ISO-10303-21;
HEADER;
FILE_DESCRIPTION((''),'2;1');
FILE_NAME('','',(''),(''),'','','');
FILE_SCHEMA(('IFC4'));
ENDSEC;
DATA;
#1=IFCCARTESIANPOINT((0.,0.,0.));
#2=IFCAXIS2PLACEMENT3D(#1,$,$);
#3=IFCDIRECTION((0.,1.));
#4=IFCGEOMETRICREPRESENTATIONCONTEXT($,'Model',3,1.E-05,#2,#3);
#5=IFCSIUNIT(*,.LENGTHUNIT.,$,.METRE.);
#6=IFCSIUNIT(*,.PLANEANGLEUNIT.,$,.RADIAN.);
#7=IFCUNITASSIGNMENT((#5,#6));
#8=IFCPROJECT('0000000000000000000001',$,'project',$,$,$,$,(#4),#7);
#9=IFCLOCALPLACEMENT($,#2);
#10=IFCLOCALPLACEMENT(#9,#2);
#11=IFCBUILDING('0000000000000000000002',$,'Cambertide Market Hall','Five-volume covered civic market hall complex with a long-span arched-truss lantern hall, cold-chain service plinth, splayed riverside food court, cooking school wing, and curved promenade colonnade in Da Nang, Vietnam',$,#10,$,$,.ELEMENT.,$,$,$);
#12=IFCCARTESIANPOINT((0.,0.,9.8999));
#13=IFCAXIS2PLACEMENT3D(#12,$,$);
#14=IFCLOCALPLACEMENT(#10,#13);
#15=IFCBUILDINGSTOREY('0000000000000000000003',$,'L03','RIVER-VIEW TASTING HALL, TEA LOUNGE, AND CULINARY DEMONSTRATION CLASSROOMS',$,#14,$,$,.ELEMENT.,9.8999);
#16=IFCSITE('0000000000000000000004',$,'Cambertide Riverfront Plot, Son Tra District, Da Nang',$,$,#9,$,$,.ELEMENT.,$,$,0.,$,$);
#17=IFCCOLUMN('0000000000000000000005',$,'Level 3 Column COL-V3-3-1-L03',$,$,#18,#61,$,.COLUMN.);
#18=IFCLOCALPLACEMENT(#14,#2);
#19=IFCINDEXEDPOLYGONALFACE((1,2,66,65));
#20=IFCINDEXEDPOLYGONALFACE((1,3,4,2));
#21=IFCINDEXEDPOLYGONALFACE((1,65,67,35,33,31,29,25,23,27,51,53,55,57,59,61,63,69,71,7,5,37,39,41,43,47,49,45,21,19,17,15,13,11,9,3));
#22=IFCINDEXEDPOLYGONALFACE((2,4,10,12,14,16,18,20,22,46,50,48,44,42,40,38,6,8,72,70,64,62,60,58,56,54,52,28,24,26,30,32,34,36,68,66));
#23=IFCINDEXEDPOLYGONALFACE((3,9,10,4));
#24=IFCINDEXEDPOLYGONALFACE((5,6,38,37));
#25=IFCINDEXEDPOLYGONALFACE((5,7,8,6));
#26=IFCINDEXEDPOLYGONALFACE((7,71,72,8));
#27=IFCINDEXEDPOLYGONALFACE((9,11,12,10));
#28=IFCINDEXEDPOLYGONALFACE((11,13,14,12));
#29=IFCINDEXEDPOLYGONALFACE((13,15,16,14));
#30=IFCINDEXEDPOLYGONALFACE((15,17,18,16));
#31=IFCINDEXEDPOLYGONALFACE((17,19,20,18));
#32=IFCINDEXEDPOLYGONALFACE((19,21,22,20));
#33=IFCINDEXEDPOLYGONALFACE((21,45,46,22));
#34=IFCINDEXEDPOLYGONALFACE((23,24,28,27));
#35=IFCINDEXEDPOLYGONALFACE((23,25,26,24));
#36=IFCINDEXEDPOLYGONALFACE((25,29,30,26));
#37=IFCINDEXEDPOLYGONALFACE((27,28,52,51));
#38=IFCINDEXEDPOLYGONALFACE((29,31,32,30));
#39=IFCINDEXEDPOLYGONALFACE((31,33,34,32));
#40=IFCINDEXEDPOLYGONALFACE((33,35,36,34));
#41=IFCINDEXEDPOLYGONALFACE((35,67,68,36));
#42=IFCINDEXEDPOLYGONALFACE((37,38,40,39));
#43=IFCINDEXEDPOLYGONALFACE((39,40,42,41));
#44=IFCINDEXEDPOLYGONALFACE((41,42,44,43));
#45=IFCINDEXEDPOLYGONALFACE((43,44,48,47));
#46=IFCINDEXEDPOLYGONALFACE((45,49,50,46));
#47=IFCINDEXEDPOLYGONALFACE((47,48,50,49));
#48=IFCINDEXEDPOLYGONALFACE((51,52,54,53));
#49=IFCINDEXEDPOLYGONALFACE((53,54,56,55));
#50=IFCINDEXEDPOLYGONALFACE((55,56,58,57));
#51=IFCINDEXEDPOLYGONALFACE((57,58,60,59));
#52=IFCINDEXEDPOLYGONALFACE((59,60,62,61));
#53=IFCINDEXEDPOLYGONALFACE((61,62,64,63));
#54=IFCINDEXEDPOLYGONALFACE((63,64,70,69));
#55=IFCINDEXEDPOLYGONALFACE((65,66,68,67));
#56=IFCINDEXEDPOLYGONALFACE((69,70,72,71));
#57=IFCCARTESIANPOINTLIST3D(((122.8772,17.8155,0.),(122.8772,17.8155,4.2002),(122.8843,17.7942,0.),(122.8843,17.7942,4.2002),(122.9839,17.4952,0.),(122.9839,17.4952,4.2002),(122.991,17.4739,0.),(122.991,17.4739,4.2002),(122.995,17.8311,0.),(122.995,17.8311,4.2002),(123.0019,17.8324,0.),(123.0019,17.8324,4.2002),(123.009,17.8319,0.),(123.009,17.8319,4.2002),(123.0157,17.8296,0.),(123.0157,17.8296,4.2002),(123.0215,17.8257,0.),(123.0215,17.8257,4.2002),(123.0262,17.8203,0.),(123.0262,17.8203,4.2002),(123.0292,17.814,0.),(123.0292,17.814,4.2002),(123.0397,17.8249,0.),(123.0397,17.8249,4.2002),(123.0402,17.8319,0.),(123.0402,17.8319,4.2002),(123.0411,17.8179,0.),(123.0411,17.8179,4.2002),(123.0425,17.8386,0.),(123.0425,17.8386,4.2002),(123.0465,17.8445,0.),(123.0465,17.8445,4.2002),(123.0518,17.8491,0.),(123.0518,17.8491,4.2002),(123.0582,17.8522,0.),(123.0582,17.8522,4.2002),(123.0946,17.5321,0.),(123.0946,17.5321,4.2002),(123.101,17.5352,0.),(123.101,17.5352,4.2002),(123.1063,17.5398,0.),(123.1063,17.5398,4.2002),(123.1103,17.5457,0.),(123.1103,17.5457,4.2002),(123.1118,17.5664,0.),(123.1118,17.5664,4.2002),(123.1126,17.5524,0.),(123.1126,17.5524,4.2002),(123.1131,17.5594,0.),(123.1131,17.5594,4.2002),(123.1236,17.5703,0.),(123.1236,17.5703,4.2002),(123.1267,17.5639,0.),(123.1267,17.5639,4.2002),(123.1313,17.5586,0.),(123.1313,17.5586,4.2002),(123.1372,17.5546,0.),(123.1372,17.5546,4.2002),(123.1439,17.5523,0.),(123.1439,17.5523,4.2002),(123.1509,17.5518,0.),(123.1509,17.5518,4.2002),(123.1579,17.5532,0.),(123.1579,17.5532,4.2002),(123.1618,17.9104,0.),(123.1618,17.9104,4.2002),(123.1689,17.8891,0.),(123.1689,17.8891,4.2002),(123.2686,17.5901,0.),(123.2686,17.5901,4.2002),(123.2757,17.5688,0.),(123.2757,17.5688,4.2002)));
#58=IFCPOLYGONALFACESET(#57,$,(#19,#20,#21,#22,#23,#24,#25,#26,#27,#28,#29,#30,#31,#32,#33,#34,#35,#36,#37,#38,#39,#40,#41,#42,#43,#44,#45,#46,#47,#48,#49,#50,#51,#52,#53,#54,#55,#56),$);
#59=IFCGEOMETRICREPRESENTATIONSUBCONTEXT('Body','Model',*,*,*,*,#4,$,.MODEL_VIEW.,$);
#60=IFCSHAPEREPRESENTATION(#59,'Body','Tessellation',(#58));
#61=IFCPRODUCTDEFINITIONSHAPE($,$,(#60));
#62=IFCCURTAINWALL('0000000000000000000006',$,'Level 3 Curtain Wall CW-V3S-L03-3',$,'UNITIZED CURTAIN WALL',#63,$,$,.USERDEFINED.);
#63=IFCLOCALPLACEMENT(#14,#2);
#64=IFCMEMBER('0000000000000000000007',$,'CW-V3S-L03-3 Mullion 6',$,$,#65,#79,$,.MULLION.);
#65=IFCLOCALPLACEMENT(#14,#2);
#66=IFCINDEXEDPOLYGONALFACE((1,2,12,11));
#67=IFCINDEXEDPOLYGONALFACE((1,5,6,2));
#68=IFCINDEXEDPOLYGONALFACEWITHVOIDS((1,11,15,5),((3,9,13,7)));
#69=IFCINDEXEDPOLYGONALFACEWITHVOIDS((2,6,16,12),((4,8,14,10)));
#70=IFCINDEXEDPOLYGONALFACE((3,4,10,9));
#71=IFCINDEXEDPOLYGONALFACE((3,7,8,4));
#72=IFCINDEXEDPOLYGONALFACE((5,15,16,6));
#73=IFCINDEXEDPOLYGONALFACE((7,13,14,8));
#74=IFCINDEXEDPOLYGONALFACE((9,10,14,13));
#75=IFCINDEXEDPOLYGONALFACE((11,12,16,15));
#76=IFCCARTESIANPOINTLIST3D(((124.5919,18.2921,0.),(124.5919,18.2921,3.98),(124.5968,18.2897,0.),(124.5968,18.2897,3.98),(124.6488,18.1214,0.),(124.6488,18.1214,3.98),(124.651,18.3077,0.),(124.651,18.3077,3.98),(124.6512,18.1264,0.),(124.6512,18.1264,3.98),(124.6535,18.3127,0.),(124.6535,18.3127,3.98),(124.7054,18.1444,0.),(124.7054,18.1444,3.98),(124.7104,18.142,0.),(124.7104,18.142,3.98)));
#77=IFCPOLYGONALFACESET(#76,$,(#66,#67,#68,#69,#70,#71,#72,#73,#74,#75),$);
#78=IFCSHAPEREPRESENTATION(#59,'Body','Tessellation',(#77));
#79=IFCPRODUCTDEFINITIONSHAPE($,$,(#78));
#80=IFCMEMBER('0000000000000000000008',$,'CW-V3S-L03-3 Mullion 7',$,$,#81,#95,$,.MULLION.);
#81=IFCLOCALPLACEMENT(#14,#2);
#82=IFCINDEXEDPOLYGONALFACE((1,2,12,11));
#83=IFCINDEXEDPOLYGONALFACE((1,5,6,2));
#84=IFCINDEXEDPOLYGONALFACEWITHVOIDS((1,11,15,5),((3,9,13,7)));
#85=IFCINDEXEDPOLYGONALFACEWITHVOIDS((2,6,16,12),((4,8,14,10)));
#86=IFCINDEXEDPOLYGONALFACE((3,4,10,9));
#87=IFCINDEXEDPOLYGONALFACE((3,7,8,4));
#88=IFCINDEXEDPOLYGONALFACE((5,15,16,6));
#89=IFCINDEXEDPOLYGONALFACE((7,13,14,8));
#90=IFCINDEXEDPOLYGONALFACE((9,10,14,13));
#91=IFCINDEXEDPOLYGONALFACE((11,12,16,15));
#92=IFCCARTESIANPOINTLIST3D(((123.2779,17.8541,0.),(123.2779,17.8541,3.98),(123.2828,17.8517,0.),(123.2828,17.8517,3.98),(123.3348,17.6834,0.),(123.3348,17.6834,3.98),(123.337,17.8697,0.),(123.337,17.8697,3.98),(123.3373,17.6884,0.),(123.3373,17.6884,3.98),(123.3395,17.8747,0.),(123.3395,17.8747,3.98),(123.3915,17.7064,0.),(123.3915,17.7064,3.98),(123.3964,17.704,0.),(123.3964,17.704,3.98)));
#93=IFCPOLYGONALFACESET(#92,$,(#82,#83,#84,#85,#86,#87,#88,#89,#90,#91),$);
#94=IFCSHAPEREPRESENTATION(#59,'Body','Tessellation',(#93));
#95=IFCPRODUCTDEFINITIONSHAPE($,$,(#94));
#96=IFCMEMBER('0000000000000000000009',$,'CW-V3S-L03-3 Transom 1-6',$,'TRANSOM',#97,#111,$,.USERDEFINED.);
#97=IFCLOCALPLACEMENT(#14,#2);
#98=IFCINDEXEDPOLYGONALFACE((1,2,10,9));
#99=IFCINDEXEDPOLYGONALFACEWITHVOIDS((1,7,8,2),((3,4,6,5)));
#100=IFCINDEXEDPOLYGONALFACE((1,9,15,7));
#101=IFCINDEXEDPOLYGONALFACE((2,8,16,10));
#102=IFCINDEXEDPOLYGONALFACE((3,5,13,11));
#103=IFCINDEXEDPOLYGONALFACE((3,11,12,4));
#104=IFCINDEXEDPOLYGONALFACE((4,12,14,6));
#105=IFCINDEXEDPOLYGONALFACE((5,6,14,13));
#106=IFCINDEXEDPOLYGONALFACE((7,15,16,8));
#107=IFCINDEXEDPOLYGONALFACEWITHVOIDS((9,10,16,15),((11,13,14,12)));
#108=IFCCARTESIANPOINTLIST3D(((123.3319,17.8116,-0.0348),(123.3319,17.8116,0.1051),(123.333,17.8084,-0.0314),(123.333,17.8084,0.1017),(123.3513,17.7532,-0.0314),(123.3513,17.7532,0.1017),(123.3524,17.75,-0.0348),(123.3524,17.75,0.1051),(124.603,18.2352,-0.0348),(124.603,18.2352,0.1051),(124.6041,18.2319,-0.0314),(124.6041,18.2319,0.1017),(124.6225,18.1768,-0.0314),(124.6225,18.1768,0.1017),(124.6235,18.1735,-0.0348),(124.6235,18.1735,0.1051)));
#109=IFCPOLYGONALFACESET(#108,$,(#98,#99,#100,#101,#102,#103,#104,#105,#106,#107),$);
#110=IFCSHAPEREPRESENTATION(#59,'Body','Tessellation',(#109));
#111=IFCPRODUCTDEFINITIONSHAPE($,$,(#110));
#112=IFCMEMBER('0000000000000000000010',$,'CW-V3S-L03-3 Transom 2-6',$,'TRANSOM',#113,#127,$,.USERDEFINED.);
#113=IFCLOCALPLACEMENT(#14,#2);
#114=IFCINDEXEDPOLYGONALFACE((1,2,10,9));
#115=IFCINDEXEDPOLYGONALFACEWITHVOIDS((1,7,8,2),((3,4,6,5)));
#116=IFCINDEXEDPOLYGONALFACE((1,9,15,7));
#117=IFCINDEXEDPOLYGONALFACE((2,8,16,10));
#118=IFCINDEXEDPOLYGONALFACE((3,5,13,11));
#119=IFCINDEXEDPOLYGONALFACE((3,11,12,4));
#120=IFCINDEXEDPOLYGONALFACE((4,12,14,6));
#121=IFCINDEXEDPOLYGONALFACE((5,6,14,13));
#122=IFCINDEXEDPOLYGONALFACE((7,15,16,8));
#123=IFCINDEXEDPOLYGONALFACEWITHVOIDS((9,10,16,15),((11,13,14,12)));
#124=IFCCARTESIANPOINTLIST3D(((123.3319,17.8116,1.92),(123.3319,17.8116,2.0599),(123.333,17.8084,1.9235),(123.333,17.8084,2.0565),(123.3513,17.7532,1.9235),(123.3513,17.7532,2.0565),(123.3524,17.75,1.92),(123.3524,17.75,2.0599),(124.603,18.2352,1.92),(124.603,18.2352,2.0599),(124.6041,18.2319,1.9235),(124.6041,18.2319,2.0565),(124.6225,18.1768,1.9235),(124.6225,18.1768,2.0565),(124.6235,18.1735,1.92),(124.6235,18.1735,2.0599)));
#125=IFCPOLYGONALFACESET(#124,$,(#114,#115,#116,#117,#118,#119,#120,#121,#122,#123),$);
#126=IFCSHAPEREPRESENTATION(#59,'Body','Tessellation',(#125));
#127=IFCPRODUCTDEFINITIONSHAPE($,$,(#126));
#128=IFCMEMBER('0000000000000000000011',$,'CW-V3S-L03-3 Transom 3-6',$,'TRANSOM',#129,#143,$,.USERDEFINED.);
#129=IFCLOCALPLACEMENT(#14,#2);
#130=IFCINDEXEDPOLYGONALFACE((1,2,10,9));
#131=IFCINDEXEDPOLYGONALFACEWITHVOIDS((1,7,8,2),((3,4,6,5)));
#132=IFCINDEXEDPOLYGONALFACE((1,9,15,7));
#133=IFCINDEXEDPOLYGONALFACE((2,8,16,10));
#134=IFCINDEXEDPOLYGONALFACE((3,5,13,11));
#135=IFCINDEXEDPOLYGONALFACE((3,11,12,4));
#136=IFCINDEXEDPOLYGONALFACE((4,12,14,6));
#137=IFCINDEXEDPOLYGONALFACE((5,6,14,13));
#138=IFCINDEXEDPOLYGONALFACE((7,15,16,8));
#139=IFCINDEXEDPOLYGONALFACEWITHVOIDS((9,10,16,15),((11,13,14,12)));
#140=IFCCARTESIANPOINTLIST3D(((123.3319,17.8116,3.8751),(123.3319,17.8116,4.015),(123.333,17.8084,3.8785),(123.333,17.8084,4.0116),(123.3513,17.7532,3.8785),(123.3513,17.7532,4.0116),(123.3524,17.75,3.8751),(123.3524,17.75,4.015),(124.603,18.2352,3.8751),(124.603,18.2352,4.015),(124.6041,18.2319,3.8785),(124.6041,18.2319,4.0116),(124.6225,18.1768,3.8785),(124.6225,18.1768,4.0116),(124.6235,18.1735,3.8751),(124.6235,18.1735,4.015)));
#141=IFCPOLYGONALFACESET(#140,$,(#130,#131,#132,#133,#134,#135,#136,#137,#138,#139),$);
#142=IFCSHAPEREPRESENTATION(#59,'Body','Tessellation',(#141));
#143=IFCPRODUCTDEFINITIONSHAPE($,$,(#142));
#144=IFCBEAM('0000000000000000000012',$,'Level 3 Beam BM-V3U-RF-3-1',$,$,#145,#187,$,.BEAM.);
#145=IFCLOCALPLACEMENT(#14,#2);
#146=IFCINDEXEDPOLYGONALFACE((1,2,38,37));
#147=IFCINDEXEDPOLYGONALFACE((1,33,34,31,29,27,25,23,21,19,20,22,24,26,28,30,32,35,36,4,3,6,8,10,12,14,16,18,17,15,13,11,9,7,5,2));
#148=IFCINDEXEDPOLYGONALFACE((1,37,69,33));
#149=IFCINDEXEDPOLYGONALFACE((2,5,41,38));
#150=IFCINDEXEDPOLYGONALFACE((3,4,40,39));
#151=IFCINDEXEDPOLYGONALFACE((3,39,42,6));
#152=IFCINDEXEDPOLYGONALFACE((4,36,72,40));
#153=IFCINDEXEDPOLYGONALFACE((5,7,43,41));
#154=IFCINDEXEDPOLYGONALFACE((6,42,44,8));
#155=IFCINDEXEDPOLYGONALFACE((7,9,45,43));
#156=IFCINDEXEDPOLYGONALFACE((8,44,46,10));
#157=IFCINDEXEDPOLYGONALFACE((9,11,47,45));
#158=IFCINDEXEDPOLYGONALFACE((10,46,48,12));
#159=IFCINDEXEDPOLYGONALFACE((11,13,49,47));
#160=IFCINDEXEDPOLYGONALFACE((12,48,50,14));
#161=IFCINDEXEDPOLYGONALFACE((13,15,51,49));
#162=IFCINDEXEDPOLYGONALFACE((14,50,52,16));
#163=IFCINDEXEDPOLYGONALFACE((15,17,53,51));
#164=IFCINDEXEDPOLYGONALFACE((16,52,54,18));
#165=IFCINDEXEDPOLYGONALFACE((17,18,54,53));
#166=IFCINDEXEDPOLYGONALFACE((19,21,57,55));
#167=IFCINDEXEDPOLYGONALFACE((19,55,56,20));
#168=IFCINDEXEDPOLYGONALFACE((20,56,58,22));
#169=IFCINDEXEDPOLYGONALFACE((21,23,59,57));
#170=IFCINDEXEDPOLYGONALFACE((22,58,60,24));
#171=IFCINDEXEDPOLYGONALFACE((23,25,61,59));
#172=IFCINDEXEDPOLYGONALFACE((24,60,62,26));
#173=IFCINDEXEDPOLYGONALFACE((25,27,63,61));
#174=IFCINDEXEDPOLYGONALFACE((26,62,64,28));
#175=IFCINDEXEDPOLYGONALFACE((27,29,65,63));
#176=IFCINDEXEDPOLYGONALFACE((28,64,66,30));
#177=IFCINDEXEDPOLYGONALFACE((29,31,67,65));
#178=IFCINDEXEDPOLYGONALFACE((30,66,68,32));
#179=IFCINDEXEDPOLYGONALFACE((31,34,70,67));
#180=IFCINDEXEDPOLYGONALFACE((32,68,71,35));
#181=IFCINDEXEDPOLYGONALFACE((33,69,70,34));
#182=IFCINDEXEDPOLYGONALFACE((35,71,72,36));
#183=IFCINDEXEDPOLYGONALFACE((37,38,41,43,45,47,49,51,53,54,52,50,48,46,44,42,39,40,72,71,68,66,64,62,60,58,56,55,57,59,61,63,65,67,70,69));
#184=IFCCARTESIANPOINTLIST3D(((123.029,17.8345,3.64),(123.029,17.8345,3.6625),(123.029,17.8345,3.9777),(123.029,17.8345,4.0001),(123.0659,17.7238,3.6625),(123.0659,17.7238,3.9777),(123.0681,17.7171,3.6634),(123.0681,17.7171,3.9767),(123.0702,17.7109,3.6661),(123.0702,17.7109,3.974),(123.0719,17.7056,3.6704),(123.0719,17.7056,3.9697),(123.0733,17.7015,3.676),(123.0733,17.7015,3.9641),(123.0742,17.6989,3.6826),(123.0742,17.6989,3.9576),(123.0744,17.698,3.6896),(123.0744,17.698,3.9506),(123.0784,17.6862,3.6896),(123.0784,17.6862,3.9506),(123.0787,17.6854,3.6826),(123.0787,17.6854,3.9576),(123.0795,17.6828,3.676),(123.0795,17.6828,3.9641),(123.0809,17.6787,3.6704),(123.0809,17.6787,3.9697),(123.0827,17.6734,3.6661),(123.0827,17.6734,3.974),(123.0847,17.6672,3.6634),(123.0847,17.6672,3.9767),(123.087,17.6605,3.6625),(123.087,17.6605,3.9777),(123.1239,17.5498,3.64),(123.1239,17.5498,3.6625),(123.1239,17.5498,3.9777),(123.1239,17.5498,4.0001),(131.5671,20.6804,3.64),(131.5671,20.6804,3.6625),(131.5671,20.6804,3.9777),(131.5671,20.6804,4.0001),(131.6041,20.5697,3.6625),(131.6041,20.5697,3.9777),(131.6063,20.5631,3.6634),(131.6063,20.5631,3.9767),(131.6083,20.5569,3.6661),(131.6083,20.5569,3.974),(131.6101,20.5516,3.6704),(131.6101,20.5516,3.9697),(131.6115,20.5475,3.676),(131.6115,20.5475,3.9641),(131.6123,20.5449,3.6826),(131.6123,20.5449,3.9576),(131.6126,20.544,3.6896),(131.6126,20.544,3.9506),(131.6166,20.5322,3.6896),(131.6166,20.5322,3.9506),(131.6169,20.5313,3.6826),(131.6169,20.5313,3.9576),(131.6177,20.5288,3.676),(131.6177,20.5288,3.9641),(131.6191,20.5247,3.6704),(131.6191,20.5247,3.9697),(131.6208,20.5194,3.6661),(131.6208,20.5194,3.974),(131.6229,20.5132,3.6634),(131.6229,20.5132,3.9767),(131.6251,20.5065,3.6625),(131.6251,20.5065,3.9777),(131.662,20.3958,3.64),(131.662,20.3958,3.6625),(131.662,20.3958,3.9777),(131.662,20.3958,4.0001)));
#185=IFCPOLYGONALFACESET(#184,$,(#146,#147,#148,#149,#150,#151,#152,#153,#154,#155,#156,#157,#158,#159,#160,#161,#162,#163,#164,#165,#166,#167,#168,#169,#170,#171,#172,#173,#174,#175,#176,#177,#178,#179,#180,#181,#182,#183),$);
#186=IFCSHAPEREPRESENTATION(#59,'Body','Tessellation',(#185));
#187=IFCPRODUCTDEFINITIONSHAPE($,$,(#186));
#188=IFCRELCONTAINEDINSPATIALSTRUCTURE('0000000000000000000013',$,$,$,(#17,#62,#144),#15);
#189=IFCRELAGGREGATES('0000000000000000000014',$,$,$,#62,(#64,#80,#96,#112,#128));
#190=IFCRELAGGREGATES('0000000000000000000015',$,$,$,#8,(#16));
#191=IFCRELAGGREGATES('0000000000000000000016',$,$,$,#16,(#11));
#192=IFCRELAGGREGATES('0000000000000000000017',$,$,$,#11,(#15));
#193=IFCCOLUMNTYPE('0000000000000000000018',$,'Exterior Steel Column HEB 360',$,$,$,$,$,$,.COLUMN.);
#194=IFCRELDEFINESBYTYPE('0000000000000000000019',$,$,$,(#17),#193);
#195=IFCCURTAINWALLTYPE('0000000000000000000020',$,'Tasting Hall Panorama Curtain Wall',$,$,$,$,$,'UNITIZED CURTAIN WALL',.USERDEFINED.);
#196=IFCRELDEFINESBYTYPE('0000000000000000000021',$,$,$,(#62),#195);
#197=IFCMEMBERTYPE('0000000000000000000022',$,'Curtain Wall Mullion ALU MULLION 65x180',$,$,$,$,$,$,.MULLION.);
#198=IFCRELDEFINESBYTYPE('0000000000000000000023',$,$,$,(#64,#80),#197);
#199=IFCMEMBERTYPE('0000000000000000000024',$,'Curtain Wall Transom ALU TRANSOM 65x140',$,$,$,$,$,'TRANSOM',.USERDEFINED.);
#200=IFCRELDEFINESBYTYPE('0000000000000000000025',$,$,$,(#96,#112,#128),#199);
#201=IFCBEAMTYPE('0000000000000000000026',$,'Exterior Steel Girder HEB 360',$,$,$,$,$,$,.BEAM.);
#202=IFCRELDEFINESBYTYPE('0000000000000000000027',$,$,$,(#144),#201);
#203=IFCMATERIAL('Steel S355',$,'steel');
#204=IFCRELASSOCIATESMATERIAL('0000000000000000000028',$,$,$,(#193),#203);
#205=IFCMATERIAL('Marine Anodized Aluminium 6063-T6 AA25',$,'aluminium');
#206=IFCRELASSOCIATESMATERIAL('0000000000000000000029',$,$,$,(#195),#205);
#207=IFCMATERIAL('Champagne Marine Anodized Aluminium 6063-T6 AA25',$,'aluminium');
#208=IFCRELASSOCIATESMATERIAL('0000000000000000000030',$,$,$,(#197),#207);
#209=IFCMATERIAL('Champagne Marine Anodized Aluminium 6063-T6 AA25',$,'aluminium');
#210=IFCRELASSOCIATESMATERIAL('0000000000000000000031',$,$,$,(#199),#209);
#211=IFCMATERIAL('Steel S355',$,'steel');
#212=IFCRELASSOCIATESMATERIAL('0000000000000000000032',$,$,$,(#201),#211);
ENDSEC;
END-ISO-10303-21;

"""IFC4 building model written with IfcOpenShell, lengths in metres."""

from ifc_helpers import new_model, si_unit, direction, frame, origin, origin_2d, place, context, subcontext, project, spatial, hollow_rectangle, i_section, extrude, material, material_profile, profile_set, type_object, element, aggregate, save


model = new_model("IFC4")

# Units and contexts
model_context = context("Model", 3, precision=1e-05, world=origin(), true_north=direction((0.0, 1.0)))
body_context = subcontext(model_context, "Body", "Model", "MODEL_VIEW")
ifc_project = project(units=[si_unit("LENGTHUNIT", "METRE"), si_unit("PLANEANGLEUNIT", "RADIAN")], contexts=[model_context])

# Site, building, storey
site_placement = place(None, origin())
site = spatial("IfcSite", under=ifc_project, at=site_placement, Name="Cambertide Riverfront Plot, Son Tra District, Da Nang", CompositionType="ELEMENT", RefElevation=0.0)
building_placement = place(site_placement, origin())
building = spatial("IfcBuilding", under=site, at=building_placement, Name="Cambertide Market Hall", Description="Five-volume covered civic market hall complex with a long-span arched-truss lantern hall, cold-chain service plinth, splayed riverside food court, cooking school wing, and curved promenade colonnade in Da Nang, Vietnam", CompositionType="ELEMENT")
storey_placement = place(building_placement, frame((0.0, 0.0, 9.8999)))
storey = spatial("IfcBuildingStorey", under=building, at=storey_placement, Name="L03", Description="RIVER-VIEW TASTING HALL, TEA LOUNGE, AND CULINARY DEMONSTRATION CLASSROOMS", CompositionType="ELEMENT", Elevation=9.8999)

# Column
ifc_material_1 = material(Name="Steel S355", Category="steel")
ifc_material_profile_1 = material_profile(ifc_material_1, i_section(OverallWidth=0.3, OverallDepth=0.3601, WebThickness=0.0125, FlangeThickness=0.0225, FilletRadius=0.0271, at=origin_2d()), Name="HEB 360")
ifc_profile_set_1 = profile_set([ifc_material_profile_1], Name="Steel S355")
column_type = type_object("IfcColumnType", Name="Exterior Steel Column HEB 360", PredefinedType="COLUMN", material=ifc_profile_set_1)
column_placement = place(storey_placement, frame((123.0764, 17.6921, 0.0), z_axis=(0.0, 0.0, 1.0), x_axis=(0.948683, 0.316228, 0.0)))
element("IfcColumn", 1, at=column_placement, inside=storey, type_object=column_type, Name="Level 3 Column COL-V3-3-1-L03", PredefinedType="COLUMN", context=body_context, shape_type="SweptSolid", body=[
    extrude(i_section(OverallWidth=0.3, OverallDepth=0.3601, WebThickness=0.0125, FlangeThickness=0.0225, FilletRadius=0.0271, at=origin_2d()), origin(), (0.0, 0.0, 1.0), 4.2002),
])

# Curtain wall, members
ifc_material_2 = material(Name="Marine Anodized Aluminium 6063-T6 AA25", Category="aluminium")
curtain_wall_type = type_object("IfcCurtainWallType", Name="Tasting Hall Panorama Curtain Wall", ElementType="UNITIZED CURTAIN WALL", PredefinedType="USERDEFINED", material=ifc_material_2)
curtain_wall_placement = place(storey_placement, origin())
curtain_wall = element("IfcCurtainWall", 2, at=curtain_wall_placement, inside=storey, type_object=curtain_wall_type, Name="Level 3 Curtain Wall CW-V3S-L03-3", ObjectType="UNITIZED CURTAIN WALL", PredefinedType="USERDEFINED")
ifc_material_3 = material(Name="Champagne Marine Anodized Aluminium 6063-T6 AA25", Category="aluminium")
ifc_material_profile_2 = material_profile(ifc_material_3, hollow_rectangle(XDim=0.0649, YDim=0.1799, WallThickness=0.0039, at=origin_2d()), Name="ALU MULLION 65x180")
ifc_profile_set_2 = profile_set([ifc_material_profile_2], Name="Champagne Marine Anodized Aluminium 6063-T6 AA25")
member_type_1 = type_object("IfcMemberType", Name="Curtain Wall Mullion ALU MULLION 65x180", PredefinedType="MULLION", material=ifc_profile_set_2)
member_1_placement = place(storey_placement, frame((124.6511, 18.217, 0.0), z_axis=(0.0, 0.0, 1.0), x_axis=(-0.948683, -0.316228, 0.0)))
member_1 = element("IfcMember", 3, at=member_1_placement, type_object=member_type_1, Name="CW-V3S-L03-3 Mullion 6", PredefinedType="MULLION", context=body_context, shape_type="SweptSolid", body=[
    extrude(hollow_rectangle(XDim=0.0649, YDim=0.1799, WallThickness=0.0039, at=origin_2d()), origin(), (0.0, 0.0, 1.0), 3.98),
])
member_2_placement = place(storey_placement, frame((123.3372, 17.7791, 0.0), z_axis=(0.0, 0.0, 1.0), x_axis=(-0.948683, -0.316228, 0.0)))
member_2 = element("IfcMember", 4, at=member_2_placement, type_object=member_type_1, Name="CW-V3S-L03-3 Mullion 7", PredefinedType="MULLION", context=body_context, shape_type="SweptSolid", body=[
    extrude(hollow_rectangle(XDim=0.0649, YDim=0.1799, WallThickness=0.0039, at=origin_2d()), origin(), (0.0, 0.0, 1.0), 3.98),
])
ifc_material_4 = material(Name="Champagne Marine Anodized Aluminium 6063-T6 AA25", Category="aluminium")
ifc_material_profile_3 = material_profile(ifc_material_4, hollow_rectangle(XDim=0.0649, YDim=0.1399, WallThickness=0.0034, at=origin_2d()), Name="ALU TRANSOM 65x140")
ifc_profile_set_3 = profile_set([ifc_material_profile_3], Name="Champagne Marine Anodized Aluminium 6063-T6 AA25")
member_type_2 = type_object("IfcMemberType", Name="Curtain Wall Transom ALU TRANSOM 65x140", ElementType="TRANSOM", PredefinedType="USERDEFINED", material=ifc_profile_set_3)
member_3_placement = place(storey_placement, frame((124.6133, 18.2043, 0.0352), z_axis=(-0.94872, -0.316118, 0.0), x_axis=(0.316118, -0.94872, 0.0)))
member_3 = element("IfcMember", 5, at=member_3_placement, type_object=member_type_2, Name="CW-V3S-L03-3 Transom 1-6", ObjectType="TRANSOM", PredefinedType="USERDEFINED", context=body_context, shape_type="SweptSolid", body=[
    extrude(hollow_rectangle(XDim=0.0649, YDim=0.1399, WallThickness=0.0034, at=origin_2d()), origin(), (0.0, 0.0, 1.0), 1.3398),
])
member_4_placement = place(storey_placement, frame((124.6133, 18.2043, 1.99), z_axis=(-0.94872, -0.316118, 0.0), x_axis=(0.316118, -0.94872, 0.0)))
member_4 = element("IfcMember", 6, at=member_4_placement, type_object=member_type_2, Name="CW-V3S-L03-3 Transom 2-6", ObjectType="TRANSOM", PredefinedType="USERDEFINED", context=body_context, shape_type="SweptSolid", body=[
    extrude(hollow_rectangle(XDim=0.0649, YDim=0.1399, WallThickness=0.0034, at=origin_2d()), origin(), (0.0, 0.0, 1.0), 1.3398),
])
member_5_placement = place(storey_placement, frame((124.6133, 18.2043, 3.9451), z_axis=(-0.94872, -0.316118, 0.0), x_axis=(0.316118, -0.94872, 0.0)))
member_5 = element("IfcMember", 7, at=member_5_placement, type_object=member_type_2, Name="CW-V3S-L03-3 Transom 3-6", ObjectType="TRANSOM", PredefinedType="USERDEFINED", context=body_context, shape_type="SweptSolid", body=[
    extrude(hollow_rectangle(XDim=0.0649, YDim=0.1399, WallThickness=0.0034, at=origin_2d()), origin(), (0.0, 0.0, 1.0), 1.3398),
])

# Beam
ifc_material_5 = material(Name="Steel S355", Category="steel")
ifc_material_profile_4 = material_profile(ifc_material_5, i_section(OverallWidth=0.3, OverallDepth=0.3601, WebThickness=0.0125, FlangeThickness=0.0225, FilletRadius=0.0271, at=origin_2d()), Name="HEB 360")
ifc_profile_set_4 = profile_set([ifc_material_profile_4], Name="Steel S355")
beam_type_1 = type_object("IfcBeamType", Name="Exterior Steel Girder HEB 360", PredefinedType="BEAM", material=ifc_profile_set_4)
for number, where, z_axis, x_axis, name in (
    (8, (123.0764, 17.6921, 3.8201), (0.948686, 0.31622, 0.0), (-0.31622, 0.948686, 0.0), "Level 3 Beam BM-V3U-RF-3-1"),
):
    element("IfcBeam", number, at=place(storey_placement, frame(where, z_axis=z_axis, x_axis=x_axis)), inside=storey, type_object=beam_type_1, Name=name, PredefinedType="BEAM", context=body_context, shape_type="SweptSolid", body=[
        extrude(i_section(OverallWidth=0.3, OverallDepth=0.3601, WebThickness=0.0125, FlangeThickness=0.0225, FilletRadius=0.0271, at=origin_2d()), origin(), (0.0, 0.0, 1.0), 9.0),
    ])

aggregate(curtain_wall, [member_1, member_2, member_3, member_4, member_5])

save(model, "model.ifc")
